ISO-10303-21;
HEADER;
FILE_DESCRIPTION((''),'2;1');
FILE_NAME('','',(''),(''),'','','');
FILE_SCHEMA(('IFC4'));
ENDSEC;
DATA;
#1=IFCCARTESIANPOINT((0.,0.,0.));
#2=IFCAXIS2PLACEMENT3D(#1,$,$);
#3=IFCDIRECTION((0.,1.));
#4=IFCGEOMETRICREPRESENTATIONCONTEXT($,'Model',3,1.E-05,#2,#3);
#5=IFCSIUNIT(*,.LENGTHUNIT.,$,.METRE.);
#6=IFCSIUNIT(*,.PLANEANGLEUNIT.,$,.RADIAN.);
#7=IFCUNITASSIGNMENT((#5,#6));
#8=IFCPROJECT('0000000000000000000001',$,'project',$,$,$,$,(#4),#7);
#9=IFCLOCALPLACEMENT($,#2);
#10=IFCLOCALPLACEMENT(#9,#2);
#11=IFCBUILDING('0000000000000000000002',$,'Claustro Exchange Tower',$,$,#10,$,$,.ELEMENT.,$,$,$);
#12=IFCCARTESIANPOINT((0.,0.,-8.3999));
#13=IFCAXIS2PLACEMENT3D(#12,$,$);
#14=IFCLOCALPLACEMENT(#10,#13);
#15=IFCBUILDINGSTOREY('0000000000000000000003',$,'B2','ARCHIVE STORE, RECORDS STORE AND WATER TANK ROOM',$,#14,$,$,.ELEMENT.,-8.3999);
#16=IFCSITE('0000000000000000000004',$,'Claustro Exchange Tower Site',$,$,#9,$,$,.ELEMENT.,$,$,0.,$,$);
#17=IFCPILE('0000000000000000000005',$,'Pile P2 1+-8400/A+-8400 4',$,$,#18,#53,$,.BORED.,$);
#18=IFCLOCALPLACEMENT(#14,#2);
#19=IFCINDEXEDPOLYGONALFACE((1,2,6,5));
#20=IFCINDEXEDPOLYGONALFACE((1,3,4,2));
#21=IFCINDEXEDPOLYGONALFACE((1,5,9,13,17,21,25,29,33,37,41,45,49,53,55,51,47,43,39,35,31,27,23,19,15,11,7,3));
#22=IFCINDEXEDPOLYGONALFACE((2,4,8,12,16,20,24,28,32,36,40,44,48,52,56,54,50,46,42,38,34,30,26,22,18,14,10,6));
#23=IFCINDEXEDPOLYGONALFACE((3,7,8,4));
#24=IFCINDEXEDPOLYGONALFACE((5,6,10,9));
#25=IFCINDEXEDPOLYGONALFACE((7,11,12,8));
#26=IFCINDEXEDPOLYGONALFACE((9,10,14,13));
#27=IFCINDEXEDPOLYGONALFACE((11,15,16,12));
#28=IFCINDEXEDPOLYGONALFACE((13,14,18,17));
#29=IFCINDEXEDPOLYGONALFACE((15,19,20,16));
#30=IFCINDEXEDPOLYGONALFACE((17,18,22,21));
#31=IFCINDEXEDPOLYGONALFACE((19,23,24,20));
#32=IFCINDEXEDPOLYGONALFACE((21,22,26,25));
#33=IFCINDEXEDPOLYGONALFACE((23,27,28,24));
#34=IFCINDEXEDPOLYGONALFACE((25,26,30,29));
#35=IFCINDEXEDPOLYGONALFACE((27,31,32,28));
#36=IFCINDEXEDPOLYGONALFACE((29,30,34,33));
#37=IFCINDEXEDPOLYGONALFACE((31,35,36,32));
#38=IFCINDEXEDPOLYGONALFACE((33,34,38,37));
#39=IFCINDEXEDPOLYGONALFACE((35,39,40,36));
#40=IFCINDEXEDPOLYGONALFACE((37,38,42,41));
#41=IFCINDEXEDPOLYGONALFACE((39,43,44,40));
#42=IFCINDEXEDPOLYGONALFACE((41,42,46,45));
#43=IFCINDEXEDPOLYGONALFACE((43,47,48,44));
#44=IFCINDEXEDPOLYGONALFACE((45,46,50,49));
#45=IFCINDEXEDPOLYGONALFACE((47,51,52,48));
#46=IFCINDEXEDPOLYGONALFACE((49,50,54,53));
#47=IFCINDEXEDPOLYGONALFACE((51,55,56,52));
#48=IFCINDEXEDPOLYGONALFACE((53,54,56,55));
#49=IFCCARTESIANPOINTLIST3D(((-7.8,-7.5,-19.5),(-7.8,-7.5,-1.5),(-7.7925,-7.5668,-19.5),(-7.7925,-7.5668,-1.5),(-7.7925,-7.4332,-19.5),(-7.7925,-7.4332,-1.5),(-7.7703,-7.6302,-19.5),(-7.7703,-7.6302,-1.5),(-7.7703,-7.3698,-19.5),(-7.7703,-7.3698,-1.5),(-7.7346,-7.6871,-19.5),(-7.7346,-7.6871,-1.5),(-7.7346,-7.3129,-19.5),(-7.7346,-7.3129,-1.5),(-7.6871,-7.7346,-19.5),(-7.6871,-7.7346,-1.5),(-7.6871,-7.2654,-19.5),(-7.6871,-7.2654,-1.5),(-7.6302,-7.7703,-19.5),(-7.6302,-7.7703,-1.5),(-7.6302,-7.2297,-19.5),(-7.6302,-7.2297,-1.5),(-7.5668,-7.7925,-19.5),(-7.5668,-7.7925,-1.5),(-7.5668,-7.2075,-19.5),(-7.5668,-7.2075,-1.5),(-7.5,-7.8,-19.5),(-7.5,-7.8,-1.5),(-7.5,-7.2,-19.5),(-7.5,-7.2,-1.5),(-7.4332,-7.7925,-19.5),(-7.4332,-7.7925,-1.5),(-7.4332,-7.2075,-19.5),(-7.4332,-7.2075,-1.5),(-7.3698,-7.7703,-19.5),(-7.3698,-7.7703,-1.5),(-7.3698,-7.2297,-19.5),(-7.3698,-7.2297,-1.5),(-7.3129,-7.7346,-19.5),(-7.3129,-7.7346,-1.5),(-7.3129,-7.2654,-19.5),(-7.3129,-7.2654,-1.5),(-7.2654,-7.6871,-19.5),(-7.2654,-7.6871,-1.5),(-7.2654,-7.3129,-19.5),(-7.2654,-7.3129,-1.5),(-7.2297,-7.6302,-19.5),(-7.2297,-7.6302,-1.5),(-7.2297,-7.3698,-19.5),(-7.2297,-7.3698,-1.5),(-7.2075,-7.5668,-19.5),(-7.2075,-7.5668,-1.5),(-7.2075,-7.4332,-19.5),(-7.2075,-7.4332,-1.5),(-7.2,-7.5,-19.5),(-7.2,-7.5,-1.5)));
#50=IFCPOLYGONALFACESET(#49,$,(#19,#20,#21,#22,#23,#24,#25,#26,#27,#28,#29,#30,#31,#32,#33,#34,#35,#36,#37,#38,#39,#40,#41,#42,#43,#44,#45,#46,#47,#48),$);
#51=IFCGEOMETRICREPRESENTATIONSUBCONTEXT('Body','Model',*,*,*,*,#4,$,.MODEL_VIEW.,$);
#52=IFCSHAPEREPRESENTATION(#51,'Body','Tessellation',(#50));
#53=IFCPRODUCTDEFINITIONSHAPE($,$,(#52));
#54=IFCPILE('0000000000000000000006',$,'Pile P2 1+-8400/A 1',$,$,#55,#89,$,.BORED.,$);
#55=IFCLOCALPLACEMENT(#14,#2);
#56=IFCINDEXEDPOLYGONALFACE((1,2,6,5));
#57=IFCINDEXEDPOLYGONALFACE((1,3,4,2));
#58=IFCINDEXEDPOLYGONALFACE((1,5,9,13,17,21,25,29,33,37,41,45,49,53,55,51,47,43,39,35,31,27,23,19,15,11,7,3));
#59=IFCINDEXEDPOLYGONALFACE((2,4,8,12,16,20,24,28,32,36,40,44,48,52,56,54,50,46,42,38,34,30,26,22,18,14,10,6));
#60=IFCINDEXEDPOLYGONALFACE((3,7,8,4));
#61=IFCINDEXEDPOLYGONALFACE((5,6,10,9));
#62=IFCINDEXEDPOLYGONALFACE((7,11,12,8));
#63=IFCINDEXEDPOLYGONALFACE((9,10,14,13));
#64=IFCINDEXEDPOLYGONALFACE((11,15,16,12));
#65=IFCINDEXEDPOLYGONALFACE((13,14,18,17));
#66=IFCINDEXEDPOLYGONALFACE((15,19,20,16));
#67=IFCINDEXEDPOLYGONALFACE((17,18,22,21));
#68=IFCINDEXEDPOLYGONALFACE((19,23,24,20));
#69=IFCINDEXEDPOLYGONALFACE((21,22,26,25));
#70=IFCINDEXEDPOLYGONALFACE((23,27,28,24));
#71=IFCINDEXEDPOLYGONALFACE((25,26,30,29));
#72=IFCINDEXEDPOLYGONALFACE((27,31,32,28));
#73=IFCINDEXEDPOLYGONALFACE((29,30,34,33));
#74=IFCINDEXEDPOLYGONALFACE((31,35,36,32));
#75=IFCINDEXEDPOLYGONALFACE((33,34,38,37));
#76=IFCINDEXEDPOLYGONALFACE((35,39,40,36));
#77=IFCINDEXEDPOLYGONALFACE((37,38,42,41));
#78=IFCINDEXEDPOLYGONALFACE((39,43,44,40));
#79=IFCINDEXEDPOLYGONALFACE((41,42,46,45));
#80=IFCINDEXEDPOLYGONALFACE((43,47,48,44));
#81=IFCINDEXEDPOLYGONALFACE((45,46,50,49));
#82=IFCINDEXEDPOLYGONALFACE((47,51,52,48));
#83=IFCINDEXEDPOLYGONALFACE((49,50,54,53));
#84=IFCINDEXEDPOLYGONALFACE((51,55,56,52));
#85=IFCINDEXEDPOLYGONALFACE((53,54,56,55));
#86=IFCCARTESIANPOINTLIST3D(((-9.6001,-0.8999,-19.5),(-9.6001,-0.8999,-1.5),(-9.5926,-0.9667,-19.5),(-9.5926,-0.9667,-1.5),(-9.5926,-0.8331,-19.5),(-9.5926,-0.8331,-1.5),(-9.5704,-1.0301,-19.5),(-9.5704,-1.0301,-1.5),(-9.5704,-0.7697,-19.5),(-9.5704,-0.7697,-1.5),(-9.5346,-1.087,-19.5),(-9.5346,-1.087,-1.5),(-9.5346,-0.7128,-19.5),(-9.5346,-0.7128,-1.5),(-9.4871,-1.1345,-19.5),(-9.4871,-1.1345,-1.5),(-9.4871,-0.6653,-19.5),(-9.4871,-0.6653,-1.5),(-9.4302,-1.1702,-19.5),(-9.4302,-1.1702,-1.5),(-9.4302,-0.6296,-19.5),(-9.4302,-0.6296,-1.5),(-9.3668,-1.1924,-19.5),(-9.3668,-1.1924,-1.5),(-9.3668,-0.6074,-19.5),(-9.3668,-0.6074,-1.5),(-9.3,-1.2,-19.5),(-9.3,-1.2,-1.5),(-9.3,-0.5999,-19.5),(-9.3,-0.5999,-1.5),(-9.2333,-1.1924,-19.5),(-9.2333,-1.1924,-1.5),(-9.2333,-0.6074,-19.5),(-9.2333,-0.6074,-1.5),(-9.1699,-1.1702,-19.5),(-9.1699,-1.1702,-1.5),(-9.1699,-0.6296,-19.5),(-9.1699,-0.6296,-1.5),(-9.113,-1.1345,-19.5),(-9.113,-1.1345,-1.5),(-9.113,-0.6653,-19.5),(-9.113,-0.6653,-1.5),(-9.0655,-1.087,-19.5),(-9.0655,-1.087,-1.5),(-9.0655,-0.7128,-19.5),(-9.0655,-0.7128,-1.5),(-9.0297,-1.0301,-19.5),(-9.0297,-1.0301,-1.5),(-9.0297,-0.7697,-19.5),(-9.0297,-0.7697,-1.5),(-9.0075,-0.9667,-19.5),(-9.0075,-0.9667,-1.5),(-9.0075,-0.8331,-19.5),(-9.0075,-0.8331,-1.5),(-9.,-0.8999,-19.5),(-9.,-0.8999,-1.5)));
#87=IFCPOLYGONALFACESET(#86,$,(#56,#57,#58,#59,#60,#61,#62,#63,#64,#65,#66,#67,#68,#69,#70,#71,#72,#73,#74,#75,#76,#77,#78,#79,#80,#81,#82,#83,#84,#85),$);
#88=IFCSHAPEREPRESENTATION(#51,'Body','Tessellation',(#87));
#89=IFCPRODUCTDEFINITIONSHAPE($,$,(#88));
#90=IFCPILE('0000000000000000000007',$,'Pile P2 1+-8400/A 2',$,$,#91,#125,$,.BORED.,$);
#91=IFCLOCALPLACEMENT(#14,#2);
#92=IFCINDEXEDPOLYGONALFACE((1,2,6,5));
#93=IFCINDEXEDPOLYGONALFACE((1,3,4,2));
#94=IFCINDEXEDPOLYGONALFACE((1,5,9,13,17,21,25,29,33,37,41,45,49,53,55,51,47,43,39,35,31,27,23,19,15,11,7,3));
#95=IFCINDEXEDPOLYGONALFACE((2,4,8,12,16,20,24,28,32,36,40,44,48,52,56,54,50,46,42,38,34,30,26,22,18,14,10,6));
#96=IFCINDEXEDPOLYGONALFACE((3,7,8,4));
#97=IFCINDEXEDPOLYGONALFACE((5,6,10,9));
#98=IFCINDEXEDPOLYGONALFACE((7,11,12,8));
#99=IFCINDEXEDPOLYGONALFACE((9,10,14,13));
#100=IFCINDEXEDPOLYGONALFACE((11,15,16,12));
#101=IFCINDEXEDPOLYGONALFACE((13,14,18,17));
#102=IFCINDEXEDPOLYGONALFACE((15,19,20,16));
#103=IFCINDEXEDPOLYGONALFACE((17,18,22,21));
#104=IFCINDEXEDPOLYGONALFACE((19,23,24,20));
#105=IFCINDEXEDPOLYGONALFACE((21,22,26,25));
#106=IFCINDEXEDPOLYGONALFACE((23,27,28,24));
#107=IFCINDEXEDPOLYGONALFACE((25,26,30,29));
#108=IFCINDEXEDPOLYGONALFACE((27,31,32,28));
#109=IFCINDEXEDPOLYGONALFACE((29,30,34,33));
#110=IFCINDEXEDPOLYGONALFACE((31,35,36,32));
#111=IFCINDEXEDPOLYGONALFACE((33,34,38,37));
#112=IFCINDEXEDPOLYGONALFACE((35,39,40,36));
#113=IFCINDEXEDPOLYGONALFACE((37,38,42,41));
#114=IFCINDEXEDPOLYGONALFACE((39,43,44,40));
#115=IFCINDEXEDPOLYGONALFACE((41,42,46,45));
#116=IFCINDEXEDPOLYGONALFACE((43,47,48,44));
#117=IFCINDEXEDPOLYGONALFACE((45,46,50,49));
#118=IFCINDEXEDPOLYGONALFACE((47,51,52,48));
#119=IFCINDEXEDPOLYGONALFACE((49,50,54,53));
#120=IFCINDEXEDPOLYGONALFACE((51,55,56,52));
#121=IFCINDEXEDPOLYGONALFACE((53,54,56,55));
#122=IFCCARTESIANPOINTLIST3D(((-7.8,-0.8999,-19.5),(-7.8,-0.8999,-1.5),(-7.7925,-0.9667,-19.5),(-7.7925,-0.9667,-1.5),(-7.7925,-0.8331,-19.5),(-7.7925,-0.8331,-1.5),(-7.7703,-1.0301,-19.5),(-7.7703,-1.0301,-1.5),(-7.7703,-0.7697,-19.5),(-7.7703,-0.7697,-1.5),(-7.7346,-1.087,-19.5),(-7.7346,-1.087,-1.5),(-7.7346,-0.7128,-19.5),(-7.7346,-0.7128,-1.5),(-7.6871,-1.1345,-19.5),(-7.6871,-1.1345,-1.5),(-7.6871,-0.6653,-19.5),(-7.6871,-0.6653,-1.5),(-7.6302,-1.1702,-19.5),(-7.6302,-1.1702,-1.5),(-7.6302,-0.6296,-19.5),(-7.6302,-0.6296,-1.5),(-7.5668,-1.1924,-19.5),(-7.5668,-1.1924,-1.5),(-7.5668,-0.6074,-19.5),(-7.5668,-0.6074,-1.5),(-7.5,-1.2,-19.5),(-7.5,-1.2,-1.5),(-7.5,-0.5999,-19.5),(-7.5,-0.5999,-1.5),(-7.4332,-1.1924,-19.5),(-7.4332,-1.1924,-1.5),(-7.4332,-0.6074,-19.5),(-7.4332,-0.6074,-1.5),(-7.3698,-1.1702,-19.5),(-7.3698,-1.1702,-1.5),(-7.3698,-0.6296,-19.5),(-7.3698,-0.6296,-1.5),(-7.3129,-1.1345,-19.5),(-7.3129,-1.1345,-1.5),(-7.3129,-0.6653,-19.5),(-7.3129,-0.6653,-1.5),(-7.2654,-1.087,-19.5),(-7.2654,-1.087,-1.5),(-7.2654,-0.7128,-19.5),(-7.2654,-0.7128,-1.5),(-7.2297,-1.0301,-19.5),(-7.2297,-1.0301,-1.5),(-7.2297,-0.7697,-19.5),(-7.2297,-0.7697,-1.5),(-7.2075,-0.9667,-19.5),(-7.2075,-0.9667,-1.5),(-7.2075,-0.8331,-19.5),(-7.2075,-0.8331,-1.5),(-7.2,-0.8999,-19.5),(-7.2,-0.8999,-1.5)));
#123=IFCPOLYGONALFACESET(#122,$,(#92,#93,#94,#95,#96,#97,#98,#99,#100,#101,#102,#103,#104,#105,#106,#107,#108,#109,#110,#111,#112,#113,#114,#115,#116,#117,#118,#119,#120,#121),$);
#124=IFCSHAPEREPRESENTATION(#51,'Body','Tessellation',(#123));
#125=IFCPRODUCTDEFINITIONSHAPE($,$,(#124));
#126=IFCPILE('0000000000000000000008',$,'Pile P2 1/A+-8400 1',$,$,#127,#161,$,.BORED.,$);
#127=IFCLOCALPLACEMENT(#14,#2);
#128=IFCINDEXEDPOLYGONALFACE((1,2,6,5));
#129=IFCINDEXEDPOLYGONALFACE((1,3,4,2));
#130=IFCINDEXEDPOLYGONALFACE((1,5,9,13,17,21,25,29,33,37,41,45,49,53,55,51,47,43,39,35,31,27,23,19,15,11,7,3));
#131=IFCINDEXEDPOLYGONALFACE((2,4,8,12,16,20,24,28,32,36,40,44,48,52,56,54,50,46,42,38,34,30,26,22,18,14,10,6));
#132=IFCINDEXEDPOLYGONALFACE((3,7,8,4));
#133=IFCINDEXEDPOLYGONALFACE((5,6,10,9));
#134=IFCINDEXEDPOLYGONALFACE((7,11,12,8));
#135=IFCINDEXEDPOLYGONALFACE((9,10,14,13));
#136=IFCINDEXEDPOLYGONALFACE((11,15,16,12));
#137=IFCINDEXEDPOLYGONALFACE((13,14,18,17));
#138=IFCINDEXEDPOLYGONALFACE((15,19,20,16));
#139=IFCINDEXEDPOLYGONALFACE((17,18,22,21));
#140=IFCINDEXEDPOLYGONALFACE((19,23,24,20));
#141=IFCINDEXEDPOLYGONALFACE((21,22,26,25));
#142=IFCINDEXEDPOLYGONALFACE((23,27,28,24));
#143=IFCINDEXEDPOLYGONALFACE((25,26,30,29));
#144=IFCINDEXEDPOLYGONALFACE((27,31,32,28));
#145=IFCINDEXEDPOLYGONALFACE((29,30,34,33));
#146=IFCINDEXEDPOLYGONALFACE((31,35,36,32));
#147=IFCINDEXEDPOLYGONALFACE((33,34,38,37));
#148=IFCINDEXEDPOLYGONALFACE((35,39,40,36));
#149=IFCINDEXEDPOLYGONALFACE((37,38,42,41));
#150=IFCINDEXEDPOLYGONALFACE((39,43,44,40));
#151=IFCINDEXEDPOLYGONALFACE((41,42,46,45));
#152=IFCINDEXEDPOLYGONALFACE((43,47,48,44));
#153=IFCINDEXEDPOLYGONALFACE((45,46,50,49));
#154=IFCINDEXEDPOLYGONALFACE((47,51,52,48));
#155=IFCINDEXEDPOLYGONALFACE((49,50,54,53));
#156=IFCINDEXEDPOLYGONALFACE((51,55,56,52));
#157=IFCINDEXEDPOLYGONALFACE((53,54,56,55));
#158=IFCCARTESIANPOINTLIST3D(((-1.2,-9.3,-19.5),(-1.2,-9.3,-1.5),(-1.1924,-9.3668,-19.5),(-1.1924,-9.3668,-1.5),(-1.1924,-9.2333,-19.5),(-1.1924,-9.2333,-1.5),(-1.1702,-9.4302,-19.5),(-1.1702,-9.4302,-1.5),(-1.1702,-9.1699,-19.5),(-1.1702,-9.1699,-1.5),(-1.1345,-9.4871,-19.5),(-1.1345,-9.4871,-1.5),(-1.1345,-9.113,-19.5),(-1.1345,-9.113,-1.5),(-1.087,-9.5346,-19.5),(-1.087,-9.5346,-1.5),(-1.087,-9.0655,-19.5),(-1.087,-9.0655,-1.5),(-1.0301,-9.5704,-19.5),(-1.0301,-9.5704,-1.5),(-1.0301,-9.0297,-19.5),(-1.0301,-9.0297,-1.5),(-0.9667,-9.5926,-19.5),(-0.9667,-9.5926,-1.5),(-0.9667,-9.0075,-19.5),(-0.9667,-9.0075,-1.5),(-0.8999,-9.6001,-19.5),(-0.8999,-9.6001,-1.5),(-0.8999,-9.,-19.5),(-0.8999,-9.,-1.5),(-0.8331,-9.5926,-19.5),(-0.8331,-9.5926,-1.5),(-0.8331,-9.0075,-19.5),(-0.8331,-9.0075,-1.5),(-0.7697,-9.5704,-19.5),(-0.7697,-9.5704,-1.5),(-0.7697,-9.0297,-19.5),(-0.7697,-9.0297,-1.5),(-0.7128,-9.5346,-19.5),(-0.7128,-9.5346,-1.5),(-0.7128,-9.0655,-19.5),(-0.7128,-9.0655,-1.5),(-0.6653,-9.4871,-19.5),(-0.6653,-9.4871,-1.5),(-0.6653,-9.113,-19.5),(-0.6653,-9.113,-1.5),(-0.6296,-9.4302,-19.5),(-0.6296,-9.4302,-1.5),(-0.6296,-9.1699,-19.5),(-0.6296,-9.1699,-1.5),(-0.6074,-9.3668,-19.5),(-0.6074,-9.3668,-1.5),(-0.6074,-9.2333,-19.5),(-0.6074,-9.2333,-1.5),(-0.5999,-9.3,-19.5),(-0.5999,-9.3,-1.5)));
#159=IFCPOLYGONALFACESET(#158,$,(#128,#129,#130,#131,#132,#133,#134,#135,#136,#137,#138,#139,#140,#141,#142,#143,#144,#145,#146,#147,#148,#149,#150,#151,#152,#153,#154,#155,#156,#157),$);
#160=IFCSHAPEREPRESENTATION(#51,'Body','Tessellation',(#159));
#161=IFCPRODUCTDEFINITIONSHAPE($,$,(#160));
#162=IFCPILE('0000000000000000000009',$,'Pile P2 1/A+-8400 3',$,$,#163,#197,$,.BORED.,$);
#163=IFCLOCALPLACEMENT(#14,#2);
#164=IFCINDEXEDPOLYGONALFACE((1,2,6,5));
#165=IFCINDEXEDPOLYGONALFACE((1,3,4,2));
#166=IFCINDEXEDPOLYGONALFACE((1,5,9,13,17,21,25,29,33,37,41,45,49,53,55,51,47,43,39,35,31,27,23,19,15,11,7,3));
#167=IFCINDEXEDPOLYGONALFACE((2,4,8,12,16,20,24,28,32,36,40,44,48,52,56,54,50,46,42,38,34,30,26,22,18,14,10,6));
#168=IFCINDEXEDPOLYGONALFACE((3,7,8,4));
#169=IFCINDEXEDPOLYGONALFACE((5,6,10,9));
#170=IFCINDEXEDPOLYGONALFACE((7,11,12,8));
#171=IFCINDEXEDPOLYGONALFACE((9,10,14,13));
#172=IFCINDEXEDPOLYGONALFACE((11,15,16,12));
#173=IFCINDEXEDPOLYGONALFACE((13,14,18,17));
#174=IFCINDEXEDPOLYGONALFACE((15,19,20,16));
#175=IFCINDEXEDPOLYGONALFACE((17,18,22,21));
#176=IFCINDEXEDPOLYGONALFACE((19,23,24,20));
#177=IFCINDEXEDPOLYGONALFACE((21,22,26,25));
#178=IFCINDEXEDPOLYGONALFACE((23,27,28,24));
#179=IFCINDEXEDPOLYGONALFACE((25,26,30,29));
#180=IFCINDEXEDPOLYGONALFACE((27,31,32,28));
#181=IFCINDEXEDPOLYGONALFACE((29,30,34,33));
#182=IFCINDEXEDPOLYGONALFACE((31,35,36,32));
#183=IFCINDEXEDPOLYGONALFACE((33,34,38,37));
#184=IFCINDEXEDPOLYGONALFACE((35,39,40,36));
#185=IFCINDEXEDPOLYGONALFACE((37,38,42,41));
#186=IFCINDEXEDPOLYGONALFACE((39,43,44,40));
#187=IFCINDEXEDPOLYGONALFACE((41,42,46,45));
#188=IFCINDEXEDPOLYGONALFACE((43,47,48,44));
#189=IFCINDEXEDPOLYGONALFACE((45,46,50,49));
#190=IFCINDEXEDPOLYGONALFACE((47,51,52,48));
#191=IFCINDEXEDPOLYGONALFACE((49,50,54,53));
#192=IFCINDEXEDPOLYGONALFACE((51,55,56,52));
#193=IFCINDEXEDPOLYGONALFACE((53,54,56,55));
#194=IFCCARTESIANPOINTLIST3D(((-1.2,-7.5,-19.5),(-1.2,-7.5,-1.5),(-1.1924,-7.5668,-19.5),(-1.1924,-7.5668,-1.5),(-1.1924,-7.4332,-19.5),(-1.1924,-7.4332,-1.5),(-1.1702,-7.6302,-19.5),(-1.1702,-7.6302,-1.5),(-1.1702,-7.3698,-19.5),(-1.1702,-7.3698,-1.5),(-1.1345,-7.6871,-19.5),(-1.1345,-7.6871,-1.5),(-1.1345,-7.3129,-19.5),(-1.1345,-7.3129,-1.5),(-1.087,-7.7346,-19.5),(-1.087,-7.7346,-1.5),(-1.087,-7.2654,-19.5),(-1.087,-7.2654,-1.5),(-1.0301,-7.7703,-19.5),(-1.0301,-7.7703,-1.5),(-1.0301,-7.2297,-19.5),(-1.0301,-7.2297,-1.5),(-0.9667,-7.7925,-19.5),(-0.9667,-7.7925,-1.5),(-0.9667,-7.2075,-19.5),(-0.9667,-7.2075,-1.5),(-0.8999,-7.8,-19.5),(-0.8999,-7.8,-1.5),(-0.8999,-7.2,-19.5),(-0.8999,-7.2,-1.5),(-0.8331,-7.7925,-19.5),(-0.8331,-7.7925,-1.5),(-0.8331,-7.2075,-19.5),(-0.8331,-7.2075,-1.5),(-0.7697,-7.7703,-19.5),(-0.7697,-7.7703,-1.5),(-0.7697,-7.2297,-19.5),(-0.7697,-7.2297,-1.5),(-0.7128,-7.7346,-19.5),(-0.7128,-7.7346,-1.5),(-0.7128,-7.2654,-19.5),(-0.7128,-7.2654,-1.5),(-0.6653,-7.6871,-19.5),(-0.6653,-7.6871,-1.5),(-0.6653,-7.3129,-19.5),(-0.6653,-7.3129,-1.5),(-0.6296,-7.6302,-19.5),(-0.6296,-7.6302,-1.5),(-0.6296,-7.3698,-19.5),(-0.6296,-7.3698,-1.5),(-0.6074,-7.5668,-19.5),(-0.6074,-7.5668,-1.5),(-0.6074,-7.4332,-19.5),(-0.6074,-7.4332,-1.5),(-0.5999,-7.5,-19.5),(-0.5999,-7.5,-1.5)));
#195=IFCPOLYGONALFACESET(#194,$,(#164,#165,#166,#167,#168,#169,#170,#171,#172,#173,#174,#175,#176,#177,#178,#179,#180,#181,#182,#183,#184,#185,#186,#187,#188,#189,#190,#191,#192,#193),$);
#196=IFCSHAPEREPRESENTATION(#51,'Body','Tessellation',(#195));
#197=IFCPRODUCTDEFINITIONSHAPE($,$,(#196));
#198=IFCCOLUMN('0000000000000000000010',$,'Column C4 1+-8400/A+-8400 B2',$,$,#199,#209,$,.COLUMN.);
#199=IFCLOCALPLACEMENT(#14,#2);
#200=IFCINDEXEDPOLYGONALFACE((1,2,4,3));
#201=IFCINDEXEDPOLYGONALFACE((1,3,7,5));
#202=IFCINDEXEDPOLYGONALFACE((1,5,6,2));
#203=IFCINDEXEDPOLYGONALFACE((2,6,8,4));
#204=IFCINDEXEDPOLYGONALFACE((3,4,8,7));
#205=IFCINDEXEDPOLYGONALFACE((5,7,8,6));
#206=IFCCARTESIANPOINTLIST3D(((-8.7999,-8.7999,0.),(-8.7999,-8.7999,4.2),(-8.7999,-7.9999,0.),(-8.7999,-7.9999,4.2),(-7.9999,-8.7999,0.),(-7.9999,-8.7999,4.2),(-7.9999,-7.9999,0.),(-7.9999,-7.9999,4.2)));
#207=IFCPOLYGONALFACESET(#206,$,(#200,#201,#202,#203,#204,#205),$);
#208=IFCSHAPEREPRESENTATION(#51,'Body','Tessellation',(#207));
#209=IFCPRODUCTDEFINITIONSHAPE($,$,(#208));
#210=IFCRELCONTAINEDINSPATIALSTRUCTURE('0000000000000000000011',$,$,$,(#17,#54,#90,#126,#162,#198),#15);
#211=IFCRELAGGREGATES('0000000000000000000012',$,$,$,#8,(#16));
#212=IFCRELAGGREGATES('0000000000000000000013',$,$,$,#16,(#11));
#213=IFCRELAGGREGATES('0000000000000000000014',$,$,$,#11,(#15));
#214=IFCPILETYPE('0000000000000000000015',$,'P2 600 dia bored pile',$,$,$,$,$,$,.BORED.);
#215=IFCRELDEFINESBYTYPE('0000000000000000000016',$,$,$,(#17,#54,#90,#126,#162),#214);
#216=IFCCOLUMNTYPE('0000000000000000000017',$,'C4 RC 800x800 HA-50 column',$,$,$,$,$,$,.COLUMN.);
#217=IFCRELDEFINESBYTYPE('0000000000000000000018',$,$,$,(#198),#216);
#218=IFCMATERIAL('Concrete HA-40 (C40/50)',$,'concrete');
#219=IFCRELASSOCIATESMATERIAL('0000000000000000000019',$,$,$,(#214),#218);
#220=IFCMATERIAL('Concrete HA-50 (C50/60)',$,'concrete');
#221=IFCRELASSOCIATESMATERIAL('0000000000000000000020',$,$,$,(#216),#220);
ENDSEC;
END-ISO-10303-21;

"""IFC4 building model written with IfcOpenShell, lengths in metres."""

from ifc_helpers import new_model, si_unit, direction, frame, origin, origin_2d, place, context, subcontext, project, spatial, rectangle, circle, extrude, material, material_profile, profile_set, type_object, element, save


model = new_model("IFC4")

# Units and contexts
model_context = context("Model", 3, precision=1e-05, world=origin(), true_north=direction((0.0, 1.0)))
body_context = subcontext(model_context, "Body", "Model", "MODEL_VIEW")
ifc_project = project(units=[si_unit("LENGTHUNIT", "METRE"), si_unit("PLANEANGLEUNIT", "RADIAN")], contexts=[model_context])

# Site, building, storey
site_placement = place(None, origin())
site = spatial("IfcSite", under=ifc_project, at=site_placement, Name="Claustro Exchange Tower Site", CompositionType="ELEMENT", RefElevation=0.0)
building_placement = place(site_placement, origin())
building = spatial("IfcBuilding", under=site, at=building_placement, Name="Claustro Exchange Tower", CompositionType="ELEMENT")
storey_placement = place(building_placement, frame((0.0, 0.0, -8.3999)))
storey = spatial("IfcBuildingStorey", under=building, at=storey_placement, Name="B2", Description="ARCHIVE STORE, RECORDS STORE AND WATER TANK ROOM", CompositionType="ELEMENT", Elevation=-8.3999)

# Piles
ifc_material_1 = material(Name="Concrete HA-40 (C40/50)", Category="concrete")
pile_type_1 = type_object("IfcPileType", Name="P2 600 dia bored pile", PredefinedType="BORED", material=ifc_material_1)
for number, where, z_axis, x_axis, name in (
    (1, (-7.5, -7.5, -1.5), (0.0, 0.0, -1.0), (1.0, 0.0, 0.0), "Pile P2 1+-8400/A+-8400 4"),
    (2, (-9.3, -0.8999, -1.5), (0.0, 0.0, -1.0), (1.0, 0.0, 0.0), "Pile P2 1+-8400/A 1"),
    (3, (-7.5, -0.8999, -1.5), (0.0, 0.0, -1.0), (1.0, 0.0, 0.0), "Pile P2 1+-8400/A 2"),
    (4, (-0.8999, -9.3, -1.5), (0.0, 0.0, -1.0), (1.0, 0.0, 0.0), "Pile P2 1/A+-8400 1"),
    (5, (-0.8999, -7.5, -1.5), (0.0, 0.0, -1.0), (1.0, 0.0, 0.0), "Pile P2 1/A+-8400 3"),
):
    element("IfcPile", number, at=place(storey_placement, frame(where, z_axis=z_axis, x_axis=x_axis)), inside=storey, type_object=pile_type_1, Name=name, PredefinedType="BORED", context=body_context, shape_type="SweptSolid", body=[
        extrude(circle(Radius=0.3, at=origin_2d()), origin(), (0.0, 0.0, 1.0), 18.0),
    ])

# Column
ifc_material_2 = material(Name="Concrete HA-50 (C50/60)", Category="concrete")
ifc_material_profile = material_profile(ifc_material_2, rectangle(XDim=0.8, YDim=0.8, at=origin_2d()), Name="RC 800x800")
ifc_profile_set = profile_set([ifc_material_profile], Name="Concrete HA-50 (C50/60)")
column_type = type_object("IfcColumnType", Name="C4 RC 800x800 HA-50 column", PredefinedType="COLUMN", material=ifc_profile_set)
for number, where, z_axis, x_axis, name in (
    (6, (-8.3999, -8.3999, 0.0), (0.0, 0.0, 1.0), (1.0, 0.0, 0.0), "Column C4 1+-8400/A+-8400 B2"),
):
    element("IfcColumn", number, at=place(storey_placement, frame(where, z_axis=z_axis, x_axis=x_axis)), inside=storey, type_object=column_type, Name=name, PredefinedType="COLUMN", context=body_context, shape_type="SweptSolid", body=[
        extrude(rectangle(XDim=0.8, YDim=0.8, at=origin_2d()), origin(), (0.0, 0.0, 1.0), 4.2),
    ])

save(model, "model.ifc")
